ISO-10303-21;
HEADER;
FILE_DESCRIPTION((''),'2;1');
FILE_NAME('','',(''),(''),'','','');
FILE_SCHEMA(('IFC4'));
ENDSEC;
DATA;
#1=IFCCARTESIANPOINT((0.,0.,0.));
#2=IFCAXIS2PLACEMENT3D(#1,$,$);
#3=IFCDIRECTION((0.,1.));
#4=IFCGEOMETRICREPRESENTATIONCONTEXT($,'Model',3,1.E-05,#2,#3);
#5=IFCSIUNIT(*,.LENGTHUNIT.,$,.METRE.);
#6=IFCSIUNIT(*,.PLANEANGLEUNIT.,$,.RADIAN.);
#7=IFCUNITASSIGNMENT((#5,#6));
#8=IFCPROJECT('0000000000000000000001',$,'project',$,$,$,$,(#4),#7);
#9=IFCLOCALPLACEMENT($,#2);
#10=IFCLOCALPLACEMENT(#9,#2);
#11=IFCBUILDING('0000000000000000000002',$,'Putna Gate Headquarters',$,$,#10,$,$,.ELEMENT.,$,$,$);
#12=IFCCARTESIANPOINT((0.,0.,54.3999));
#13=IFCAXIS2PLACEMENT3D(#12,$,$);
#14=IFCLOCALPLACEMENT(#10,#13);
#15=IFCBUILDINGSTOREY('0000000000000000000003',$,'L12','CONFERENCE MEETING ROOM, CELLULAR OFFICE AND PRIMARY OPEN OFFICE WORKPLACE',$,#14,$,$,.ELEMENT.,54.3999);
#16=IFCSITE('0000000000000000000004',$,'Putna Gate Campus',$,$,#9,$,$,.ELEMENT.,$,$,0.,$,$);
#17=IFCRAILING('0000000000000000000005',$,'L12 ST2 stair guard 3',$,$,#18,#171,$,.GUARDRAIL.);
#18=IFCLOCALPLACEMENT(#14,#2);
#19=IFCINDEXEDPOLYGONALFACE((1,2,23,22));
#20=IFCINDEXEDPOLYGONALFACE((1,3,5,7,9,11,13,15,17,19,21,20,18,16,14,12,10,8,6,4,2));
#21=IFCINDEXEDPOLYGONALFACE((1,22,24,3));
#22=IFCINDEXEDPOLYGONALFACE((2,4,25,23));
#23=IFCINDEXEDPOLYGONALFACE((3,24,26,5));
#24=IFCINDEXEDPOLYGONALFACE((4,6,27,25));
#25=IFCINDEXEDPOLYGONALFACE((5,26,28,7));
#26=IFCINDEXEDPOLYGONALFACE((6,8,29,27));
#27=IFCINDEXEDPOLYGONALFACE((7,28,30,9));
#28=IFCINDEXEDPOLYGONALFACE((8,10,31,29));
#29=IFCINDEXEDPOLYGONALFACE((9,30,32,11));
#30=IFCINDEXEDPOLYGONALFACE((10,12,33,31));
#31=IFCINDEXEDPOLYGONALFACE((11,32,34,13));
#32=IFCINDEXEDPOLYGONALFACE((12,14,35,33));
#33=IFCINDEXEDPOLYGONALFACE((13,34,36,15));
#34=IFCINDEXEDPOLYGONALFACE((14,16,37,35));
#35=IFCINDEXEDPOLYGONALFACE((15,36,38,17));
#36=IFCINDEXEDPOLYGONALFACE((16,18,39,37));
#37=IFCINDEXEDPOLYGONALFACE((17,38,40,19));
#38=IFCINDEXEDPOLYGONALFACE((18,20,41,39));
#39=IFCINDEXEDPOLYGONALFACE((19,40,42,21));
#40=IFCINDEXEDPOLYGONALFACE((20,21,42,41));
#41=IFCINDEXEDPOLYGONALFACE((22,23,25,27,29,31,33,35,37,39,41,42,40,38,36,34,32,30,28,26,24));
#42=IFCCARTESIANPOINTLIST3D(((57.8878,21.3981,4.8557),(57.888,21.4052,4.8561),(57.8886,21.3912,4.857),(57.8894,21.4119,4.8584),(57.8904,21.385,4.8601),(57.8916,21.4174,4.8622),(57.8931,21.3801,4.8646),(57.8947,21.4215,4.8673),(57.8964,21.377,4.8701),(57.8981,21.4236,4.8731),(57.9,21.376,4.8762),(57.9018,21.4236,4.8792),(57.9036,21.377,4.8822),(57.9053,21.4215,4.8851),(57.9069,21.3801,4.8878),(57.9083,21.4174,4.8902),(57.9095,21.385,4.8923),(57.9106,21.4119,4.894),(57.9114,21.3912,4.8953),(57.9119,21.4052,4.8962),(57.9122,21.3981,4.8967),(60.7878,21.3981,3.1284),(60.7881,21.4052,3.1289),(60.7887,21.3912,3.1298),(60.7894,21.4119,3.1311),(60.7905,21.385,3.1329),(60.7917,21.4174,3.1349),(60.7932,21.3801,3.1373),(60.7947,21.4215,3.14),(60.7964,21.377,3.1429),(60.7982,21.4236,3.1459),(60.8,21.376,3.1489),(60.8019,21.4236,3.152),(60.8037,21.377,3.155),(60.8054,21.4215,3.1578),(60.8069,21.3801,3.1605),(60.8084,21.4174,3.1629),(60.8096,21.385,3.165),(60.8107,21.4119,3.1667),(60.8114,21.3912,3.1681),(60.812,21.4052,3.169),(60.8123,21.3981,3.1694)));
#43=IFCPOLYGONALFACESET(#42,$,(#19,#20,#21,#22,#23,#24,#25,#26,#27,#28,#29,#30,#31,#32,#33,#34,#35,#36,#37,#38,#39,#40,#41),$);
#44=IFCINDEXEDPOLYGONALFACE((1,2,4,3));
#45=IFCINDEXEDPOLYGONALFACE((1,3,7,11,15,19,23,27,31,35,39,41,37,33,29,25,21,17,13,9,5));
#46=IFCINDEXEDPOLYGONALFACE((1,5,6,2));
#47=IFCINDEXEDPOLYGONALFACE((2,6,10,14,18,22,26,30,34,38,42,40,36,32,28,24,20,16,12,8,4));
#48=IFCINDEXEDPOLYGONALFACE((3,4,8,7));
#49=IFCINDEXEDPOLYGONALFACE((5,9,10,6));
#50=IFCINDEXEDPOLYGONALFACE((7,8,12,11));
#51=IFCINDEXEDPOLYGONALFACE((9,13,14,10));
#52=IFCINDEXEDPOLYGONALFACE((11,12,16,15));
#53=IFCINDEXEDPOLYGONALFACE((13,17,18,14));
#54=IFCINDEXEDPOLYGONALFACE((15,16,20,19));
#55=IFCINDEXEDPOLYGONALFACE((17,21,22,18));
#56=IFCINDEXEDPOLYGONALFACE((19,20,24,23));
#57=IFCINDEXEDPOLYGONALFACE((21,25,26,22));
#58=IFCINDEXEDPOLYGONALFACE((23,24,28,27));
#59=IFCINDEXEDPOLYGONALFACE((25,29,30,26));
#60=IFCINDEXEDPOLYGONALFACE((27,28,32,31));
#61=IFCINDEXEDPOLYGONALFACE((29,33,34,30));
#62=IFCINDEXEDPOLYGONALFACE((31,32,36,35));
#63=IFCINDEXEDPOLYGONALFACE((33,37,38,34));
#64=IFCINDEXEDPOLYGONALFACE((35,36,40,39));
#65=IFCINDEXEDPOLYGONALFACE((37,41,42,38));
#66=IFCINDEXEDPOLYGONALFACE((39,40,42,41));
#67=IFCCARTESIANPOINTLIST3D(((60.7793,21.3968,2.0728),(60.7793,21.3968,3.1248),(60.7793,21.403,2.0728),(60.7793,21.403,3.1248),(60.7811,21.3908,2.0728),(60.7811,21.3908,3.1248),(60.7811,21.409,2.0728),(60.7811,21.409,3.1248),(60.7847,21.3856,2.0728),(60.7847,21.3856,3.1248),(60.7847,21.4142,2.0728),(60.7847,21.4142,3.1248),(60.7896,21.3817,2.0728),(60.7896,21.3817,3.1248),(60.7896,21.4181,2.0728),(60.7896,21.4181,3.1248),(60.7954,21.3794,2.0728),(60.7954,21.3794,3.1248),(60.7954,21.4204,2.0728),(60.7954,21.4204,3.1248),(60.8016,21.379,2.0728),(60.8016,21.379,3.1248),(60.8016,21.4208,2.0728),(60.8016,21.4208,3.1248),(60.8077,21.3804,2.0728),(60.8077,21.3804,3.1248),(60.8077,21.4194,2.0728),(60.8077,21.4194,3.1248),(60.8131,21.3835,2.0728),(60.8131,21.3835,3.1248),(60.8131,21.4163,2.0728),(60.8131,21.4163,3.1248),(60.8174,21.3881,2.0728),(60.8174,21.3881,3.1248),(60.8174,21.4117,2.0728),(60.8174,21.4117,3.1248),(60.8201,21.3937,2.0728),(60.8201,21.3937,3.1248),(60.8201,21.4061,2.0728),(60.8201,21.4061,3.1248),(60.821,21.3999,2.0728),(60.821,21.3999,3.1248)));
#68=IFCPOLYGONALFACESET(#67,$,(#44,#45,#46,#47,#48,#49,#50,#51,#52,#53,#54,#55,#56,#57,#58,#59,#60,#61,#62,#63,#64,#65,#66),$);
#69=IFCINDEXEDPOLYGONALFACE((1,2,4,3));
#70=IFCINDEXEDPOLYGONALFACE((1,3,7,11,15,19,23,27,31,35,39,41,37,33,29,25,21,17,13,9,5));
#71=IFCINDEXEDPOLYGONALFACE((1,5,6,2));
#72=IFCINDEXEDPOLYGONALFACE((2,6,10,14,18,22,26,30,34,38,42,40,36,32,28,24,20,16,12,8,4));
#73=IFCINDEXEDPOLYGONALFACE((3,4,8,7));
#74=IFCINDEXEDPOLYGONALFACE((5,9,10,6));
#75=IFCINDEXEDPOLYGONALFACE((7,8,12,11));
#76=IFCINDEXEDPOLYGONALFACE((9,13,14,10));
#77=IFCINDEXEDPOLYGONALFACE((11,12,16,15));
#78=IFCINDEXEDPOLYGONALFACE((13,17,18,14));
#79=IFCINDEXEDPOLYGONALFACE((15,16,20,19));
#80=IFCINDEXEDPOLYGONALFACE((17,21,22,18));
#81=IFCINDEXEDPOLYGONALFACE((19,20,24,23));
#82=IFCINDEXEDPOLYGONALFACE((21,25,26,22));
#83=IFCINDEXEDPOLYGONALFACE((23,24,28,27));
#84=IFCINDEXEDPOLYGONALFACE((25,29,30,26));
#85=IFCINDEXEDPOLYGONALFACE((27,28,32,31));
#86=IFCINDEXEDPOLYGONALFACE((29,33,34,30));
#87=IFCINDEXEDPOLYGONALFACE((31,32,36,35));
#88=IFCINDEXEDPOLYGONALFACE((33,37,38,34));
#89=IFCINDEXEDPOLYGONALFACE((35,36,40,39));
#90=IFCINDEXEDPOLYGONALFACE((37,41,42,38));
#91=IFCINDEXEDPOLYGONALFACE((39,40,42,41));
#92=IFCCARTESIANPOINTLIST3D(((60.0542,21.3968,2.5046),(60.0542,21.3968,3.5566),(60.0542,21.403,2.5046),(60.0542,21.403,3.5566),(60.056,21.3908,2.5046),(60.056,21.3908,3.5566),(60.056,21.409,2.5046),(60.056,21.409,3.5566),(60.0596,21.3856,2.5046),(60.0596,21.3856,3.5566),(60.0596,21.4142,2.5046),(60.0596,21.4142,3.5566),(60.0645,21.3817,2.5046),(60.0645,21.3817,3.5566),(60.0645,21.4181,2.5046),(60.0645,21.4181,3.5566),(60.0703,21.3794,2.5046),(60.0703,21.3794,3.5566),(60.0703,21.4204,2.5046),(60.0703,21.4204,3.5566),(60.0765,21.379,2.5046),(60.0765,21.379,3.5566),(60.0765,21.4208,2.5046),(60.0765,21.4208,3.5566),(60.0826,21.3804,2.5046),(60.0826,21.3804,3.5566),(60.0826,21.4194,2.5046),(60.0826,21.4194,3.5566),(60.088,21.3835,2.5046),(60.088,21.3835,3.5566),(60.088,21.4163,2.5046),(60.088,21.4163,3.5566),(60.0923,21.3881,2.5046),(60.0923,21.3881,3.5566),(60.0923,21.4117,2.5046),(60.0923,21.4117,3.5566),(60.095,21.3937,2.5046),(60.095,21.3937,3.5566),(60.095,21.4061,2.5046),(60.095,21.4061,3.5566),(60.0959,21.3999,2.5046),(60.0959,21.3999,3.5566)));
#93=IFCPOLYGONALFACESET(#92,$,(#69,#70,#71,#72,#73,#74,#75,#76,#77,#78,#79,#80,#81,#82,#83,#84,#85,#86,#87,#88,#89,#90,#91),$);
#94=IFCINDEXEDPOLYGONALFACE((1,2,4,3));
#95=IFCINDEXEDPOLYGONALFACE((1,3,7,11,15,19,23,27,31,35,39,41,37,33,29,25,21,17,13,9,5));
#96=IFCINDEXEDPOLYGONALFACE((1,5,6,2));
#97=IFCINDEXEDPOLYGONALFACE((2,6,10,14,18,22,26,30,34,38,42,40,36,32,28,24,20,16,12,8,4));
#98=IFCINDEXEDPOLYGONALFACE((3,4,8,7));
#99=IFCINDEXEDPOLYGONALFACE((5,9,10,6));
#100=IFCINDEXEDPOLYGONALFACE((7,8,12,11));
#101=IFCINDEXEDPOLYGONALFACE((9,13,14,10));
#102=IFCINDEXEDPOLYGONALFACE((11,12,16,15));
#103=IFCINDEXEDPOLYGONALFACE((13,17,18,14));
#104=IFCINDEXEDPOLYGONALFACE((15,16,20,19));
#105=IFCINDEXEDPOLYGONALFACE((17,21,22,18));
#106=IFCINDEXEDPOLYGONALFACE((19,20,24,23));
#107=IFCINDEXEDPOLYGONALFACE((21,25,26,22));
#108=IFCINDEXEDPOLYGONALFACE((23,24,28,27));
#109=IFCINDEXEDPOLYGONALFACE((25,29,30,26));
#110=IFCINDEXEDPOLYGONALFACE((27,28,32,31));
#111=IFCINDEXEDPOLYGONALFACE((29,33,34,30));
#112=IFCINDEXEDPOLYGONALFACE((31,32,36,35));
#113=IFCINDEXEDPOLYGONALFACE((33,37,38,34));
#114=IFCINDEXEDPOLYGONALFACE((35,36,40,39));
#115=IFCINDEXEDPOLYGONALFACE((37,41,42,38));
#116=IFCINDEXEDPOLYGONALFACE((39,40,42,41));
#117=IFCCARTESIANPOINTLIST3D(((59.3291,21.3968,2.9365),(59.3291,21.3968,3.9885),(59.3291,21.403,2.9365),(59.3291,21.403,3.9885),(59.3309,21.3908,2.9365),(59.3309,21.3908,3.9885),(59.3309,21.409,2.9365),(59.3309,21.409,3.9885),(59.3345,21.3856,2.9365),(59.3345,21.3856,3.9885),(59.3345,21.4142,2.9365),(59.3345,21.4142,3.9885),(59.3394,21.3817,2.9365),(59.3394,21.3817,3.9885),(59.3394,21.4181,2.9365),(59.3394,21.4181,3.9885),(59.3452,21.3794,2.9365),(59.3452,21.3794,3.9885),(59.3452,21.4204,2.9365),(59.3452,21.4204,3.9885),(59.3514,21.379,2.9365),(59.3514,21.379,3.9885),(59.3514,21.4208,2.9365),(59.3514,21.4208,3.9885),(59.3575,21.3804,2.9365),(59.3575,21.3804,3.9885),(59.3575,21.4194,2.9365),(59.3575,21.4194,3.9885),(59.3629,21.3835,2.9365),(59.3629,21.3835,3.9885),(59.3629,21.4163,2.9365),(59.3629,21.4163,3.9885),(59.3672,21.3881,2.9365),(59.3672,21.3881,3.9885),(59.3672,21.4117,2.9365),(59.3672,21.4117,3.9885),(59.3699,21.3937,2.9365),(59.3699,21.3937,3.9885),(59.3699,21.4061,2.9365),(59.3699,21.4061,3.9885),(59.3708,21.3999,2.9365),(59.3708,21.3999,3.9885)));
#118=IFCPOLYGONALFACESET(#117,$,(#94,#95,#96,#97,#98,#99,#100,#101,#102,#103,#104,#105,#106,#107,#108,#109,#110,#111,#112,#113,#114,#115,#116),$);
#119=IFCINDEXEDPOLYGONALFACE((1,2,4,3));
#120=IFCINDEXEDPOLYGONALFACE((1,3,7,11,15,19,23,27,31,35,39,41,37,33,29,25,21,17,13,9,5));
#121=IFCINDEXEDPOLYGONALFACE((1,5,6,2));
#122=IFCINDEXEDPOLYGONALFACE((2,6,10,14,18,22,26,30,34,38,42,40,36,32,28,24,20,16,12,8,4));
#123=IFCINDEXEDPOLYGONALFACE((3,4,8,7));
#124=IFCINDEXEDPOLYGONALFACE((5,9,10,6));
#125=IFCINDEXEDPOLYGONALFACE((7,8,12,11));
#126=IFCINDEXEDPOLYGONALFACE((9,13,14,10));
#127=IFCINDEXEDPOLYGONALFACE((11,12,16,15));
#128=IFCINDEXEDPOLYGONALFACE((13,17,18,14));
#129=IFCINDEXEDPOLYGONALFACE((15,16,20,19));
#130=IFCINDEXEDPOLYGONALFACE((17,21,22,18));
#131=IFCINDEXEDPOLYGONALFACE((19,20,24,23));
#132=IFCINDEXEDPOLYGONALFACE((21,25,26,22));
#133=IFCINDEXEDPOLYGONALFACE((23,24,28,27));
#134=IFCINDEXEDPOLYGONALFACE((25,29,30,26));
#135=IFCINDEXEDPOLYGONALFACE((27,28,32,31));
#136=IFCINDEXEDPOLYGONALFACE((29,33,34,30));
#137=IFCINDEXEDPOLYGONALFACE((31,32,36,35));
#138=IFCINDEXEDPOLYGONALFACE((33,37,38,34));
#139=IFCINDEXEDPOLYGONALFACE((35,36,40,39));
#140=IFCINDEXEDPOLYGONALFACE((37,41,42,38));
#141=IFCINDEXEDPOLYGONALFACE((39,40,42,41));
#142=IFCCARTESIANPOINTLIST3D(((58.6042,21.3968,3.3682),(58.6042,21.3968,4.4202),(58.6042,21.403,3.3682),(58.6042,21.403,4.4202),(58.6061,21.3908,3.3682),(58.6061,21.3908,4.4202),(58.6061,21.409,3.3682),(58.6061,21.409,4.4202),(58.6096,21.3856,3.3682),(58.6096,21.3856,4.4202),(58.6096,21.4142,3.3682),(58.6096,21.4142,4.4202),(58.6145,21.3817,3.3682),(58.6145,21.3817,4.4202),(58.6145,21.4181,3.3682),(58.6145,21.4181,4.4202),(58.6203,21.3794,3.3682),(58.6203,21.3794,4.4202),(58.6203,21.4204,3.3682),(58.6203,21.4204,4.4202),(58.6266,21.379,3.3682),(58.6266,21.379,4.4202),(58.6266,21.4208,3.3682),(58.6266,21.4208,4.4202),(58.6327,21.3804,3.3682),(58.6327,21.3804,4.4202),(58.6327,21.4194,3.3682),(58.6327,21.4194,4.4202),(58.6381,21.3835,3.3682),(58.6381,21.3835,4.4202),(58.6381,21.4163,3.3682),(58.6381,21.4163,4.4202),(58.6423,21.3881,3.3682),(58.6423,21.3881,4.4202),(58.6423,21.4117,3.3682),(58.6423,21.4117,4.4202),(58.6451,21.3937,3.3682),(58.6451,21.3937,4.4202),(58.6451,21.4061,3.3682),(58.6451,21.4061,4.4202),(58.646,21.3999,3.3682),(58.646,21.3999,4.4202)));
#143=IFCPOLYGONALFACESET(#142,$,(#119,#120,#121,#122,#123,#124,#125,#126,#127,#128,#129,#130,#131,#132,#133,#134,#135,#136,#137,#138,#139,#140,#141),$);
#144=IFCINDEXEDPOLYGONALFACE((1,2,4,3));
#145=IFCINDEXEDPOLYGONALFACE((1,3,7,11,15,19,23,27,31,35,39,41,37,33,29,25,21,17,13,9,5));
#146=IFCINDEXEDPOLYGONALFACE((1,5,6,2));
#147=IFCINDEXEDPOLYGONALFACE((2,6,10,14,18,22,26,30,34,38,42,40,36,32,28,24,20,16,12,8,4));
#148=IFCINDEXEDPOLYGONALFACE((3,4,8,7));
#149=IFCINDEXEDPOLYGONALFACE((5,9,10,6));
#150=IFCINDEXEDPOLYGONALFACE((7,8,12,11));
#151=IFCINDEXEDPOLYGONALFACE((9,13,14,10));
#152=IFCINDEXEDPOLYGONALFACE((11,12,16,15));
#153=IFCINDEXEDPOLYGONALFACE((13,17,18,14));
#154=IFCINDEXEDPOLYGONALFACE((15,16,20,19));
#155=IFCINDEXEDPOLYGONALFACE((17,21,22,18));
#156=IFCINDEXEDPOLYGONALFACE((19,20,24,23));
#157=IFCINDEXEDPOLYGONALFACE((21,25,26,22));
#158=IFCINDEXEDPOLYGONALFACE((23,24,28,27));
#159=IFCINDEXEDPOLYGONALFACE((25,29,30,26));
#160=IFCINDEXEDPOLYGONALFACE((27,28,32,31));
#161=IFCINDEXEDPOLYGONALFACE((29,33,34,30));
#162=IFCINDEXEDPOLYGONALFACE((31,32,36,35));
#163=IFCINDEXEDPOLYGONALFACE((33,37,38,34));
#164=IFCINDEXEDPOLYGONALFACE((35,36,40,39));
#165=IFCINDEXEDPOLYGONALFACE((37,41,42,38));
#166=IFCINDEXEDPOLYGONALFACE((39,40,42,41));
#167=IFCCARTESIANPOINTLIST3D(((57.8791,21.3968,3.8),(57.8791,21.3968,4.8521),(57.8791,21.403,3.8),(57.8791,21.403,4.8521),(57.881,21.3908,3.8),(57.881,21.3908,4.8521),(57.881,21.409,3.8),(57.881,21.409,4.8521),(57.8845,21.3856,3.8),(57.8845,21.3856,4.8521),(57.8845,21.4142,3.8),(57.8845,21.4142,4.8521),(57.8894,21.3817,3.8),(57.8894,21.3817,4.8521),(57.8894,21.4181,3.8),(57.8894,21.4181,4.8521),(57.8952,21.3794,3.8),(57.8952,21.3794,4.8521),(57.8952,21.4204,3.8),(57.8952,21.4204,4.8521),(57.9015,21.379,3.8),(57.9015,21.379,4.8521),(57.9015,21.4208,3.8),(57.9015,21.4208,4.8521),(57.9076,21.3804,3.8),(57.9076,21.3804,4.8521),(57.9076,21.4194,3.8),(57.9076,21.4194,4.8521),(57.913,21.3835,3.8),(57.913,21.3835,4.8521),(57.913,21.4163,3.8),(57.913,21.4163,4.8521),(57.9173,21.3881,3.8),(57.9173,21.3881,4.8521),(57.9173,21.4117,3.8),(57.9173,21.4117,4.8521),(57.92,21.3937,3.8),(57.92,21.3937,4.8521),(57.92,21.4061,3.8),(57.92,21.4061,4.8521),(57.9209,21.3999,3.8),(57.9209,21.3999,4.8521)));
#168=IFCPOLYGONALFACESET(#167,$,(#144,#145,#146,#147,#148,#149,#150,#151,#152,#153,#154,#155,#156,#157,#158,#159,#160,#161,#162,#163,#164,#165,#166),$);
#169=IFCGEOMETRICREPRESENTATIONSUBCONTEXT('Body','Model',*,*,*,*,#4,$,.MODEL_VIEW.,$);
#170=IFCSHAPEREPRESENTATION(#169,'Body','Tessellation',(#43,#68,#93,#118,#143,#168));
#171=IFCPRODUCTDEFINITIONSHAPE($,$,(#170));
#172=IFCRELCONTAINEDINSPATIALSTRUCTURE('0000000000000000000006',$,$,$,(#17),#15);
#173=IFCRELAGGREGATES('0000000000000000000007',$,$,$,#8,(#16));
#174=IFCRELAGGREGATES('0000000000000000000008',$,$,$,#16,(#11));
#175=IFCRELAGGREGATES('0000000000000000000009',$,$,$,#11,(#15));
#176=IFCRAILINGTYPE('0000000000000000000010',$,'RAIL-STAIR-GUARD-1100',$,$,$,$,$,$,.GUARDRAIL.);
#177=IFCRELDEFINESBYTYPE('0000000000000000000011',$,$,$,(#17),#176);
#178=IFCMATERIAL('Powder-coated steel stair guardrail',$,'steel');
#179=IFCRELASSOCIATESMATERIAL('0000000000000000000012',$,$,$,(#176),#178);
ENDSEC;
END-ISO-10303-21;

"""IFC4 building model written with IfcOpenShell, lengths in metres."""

from ifc_helpers import new_model, si_unit, direction, frame, origin, origin_2d, place, context, subcontext, project, spatial, circle, extrude, material, type_object, element, save


model = new_model("IFC4")

# Units and contexts
model_context = context("Model", 3, precision=1e-05, world=origin(), true_north=direction((0.0, 1.0)))
body_context = subcontext(model_context, "Body", "Model", "MODEL_VIEW")
ifc_project = project(units=[si_unit("LENGTHUNIT", "METRE"), si_unit("PLANEANGLEUNIT", "RADIAN")], contexts=[model_context])

# Site, building, storey
site_placement = place(None, origin())
site = spatial("IfcSite", under=ifc_project, at=site_placement, Name="Putna Gate Campus", CompositionType="ELEMENT", RefElevation=0.0)
building_placement = place(site_placement, origin())
building = spatial("IfcBuilding", under=site, at=building_placement, Name="Putna Gate Headquarters", CompositionType="ELEMENT")
storey_placement = place(building_placement, frame((0.0, 0.0, 54.3999)))
storey = spatial("IfcBuildingStorey", under=building, at=storey_placement, Name="L12", Description="CONFERENCE MEETING ROOM, CELLULAR OFFICE AND PRIMARY OPEN OFFICE WORKPLACE", CompositionType="ELEMENT", Elevation=54.3999)

# Railing
ifc_material_1 = material(Name="Powder-coated steel stair guardrail", Category="steel")
railing_type_1 = type_object("IfcRailingType", Name="RAIL-STAIR-GUARD-1100", PredefinedType="GUARDRAIL", material=ifc_material_1)
railing_1_placement = place(storey_placement, frame((60.8, 21.3999, 2.0728)))
element("IfcRailing", 1, at=railing_1_placement, inside=storey, type_object=railing_type_1, Name="L12 ST2 stair guard 3", PredefinedType="GUARDRAIL", context=body_context, shape_type="SweptSolid", body=[
    extrude(circle(Radius=0.0239, at=origin_2d()), frame((0.0, 0.0, 1.0762), z_axis=(-0.85916, 0.0, 0.511706), x_axis=(0.0, -1.0, 0.0)), (0.0, 0.0, 1.0), 3.3755),
    extrude(circle(Radius=0.021, at=origin_2d()), origin(), (0.0, 0.0, 1.0), 1.052),
    extrude(circle(Radius=0.021, at=origin_2d()), frame((-0.7251, 0.0, 0.4319)), (0.0, 0.0, 1.0), 1.052),
    extrude(circle(Radius=0.021, at=origin_2d()), frame((-1.4502, 0.0, 0.8638)), (0.0, 0.0, 1.0), 1.052),
    extrude(circle(Radius=0.021, at=origin_2d()), frame((-2.175, 0.0, 1.2954)), (0.0, 0.0, 1.0), 1.052),
    extrude(circle(Radius=0.021, at=origin_2d()), frame((-2.9001, 0.0, 1.7273)), (0.0, 0.0, 1.0), 1.052),
])

save(model, "model.ifc")
